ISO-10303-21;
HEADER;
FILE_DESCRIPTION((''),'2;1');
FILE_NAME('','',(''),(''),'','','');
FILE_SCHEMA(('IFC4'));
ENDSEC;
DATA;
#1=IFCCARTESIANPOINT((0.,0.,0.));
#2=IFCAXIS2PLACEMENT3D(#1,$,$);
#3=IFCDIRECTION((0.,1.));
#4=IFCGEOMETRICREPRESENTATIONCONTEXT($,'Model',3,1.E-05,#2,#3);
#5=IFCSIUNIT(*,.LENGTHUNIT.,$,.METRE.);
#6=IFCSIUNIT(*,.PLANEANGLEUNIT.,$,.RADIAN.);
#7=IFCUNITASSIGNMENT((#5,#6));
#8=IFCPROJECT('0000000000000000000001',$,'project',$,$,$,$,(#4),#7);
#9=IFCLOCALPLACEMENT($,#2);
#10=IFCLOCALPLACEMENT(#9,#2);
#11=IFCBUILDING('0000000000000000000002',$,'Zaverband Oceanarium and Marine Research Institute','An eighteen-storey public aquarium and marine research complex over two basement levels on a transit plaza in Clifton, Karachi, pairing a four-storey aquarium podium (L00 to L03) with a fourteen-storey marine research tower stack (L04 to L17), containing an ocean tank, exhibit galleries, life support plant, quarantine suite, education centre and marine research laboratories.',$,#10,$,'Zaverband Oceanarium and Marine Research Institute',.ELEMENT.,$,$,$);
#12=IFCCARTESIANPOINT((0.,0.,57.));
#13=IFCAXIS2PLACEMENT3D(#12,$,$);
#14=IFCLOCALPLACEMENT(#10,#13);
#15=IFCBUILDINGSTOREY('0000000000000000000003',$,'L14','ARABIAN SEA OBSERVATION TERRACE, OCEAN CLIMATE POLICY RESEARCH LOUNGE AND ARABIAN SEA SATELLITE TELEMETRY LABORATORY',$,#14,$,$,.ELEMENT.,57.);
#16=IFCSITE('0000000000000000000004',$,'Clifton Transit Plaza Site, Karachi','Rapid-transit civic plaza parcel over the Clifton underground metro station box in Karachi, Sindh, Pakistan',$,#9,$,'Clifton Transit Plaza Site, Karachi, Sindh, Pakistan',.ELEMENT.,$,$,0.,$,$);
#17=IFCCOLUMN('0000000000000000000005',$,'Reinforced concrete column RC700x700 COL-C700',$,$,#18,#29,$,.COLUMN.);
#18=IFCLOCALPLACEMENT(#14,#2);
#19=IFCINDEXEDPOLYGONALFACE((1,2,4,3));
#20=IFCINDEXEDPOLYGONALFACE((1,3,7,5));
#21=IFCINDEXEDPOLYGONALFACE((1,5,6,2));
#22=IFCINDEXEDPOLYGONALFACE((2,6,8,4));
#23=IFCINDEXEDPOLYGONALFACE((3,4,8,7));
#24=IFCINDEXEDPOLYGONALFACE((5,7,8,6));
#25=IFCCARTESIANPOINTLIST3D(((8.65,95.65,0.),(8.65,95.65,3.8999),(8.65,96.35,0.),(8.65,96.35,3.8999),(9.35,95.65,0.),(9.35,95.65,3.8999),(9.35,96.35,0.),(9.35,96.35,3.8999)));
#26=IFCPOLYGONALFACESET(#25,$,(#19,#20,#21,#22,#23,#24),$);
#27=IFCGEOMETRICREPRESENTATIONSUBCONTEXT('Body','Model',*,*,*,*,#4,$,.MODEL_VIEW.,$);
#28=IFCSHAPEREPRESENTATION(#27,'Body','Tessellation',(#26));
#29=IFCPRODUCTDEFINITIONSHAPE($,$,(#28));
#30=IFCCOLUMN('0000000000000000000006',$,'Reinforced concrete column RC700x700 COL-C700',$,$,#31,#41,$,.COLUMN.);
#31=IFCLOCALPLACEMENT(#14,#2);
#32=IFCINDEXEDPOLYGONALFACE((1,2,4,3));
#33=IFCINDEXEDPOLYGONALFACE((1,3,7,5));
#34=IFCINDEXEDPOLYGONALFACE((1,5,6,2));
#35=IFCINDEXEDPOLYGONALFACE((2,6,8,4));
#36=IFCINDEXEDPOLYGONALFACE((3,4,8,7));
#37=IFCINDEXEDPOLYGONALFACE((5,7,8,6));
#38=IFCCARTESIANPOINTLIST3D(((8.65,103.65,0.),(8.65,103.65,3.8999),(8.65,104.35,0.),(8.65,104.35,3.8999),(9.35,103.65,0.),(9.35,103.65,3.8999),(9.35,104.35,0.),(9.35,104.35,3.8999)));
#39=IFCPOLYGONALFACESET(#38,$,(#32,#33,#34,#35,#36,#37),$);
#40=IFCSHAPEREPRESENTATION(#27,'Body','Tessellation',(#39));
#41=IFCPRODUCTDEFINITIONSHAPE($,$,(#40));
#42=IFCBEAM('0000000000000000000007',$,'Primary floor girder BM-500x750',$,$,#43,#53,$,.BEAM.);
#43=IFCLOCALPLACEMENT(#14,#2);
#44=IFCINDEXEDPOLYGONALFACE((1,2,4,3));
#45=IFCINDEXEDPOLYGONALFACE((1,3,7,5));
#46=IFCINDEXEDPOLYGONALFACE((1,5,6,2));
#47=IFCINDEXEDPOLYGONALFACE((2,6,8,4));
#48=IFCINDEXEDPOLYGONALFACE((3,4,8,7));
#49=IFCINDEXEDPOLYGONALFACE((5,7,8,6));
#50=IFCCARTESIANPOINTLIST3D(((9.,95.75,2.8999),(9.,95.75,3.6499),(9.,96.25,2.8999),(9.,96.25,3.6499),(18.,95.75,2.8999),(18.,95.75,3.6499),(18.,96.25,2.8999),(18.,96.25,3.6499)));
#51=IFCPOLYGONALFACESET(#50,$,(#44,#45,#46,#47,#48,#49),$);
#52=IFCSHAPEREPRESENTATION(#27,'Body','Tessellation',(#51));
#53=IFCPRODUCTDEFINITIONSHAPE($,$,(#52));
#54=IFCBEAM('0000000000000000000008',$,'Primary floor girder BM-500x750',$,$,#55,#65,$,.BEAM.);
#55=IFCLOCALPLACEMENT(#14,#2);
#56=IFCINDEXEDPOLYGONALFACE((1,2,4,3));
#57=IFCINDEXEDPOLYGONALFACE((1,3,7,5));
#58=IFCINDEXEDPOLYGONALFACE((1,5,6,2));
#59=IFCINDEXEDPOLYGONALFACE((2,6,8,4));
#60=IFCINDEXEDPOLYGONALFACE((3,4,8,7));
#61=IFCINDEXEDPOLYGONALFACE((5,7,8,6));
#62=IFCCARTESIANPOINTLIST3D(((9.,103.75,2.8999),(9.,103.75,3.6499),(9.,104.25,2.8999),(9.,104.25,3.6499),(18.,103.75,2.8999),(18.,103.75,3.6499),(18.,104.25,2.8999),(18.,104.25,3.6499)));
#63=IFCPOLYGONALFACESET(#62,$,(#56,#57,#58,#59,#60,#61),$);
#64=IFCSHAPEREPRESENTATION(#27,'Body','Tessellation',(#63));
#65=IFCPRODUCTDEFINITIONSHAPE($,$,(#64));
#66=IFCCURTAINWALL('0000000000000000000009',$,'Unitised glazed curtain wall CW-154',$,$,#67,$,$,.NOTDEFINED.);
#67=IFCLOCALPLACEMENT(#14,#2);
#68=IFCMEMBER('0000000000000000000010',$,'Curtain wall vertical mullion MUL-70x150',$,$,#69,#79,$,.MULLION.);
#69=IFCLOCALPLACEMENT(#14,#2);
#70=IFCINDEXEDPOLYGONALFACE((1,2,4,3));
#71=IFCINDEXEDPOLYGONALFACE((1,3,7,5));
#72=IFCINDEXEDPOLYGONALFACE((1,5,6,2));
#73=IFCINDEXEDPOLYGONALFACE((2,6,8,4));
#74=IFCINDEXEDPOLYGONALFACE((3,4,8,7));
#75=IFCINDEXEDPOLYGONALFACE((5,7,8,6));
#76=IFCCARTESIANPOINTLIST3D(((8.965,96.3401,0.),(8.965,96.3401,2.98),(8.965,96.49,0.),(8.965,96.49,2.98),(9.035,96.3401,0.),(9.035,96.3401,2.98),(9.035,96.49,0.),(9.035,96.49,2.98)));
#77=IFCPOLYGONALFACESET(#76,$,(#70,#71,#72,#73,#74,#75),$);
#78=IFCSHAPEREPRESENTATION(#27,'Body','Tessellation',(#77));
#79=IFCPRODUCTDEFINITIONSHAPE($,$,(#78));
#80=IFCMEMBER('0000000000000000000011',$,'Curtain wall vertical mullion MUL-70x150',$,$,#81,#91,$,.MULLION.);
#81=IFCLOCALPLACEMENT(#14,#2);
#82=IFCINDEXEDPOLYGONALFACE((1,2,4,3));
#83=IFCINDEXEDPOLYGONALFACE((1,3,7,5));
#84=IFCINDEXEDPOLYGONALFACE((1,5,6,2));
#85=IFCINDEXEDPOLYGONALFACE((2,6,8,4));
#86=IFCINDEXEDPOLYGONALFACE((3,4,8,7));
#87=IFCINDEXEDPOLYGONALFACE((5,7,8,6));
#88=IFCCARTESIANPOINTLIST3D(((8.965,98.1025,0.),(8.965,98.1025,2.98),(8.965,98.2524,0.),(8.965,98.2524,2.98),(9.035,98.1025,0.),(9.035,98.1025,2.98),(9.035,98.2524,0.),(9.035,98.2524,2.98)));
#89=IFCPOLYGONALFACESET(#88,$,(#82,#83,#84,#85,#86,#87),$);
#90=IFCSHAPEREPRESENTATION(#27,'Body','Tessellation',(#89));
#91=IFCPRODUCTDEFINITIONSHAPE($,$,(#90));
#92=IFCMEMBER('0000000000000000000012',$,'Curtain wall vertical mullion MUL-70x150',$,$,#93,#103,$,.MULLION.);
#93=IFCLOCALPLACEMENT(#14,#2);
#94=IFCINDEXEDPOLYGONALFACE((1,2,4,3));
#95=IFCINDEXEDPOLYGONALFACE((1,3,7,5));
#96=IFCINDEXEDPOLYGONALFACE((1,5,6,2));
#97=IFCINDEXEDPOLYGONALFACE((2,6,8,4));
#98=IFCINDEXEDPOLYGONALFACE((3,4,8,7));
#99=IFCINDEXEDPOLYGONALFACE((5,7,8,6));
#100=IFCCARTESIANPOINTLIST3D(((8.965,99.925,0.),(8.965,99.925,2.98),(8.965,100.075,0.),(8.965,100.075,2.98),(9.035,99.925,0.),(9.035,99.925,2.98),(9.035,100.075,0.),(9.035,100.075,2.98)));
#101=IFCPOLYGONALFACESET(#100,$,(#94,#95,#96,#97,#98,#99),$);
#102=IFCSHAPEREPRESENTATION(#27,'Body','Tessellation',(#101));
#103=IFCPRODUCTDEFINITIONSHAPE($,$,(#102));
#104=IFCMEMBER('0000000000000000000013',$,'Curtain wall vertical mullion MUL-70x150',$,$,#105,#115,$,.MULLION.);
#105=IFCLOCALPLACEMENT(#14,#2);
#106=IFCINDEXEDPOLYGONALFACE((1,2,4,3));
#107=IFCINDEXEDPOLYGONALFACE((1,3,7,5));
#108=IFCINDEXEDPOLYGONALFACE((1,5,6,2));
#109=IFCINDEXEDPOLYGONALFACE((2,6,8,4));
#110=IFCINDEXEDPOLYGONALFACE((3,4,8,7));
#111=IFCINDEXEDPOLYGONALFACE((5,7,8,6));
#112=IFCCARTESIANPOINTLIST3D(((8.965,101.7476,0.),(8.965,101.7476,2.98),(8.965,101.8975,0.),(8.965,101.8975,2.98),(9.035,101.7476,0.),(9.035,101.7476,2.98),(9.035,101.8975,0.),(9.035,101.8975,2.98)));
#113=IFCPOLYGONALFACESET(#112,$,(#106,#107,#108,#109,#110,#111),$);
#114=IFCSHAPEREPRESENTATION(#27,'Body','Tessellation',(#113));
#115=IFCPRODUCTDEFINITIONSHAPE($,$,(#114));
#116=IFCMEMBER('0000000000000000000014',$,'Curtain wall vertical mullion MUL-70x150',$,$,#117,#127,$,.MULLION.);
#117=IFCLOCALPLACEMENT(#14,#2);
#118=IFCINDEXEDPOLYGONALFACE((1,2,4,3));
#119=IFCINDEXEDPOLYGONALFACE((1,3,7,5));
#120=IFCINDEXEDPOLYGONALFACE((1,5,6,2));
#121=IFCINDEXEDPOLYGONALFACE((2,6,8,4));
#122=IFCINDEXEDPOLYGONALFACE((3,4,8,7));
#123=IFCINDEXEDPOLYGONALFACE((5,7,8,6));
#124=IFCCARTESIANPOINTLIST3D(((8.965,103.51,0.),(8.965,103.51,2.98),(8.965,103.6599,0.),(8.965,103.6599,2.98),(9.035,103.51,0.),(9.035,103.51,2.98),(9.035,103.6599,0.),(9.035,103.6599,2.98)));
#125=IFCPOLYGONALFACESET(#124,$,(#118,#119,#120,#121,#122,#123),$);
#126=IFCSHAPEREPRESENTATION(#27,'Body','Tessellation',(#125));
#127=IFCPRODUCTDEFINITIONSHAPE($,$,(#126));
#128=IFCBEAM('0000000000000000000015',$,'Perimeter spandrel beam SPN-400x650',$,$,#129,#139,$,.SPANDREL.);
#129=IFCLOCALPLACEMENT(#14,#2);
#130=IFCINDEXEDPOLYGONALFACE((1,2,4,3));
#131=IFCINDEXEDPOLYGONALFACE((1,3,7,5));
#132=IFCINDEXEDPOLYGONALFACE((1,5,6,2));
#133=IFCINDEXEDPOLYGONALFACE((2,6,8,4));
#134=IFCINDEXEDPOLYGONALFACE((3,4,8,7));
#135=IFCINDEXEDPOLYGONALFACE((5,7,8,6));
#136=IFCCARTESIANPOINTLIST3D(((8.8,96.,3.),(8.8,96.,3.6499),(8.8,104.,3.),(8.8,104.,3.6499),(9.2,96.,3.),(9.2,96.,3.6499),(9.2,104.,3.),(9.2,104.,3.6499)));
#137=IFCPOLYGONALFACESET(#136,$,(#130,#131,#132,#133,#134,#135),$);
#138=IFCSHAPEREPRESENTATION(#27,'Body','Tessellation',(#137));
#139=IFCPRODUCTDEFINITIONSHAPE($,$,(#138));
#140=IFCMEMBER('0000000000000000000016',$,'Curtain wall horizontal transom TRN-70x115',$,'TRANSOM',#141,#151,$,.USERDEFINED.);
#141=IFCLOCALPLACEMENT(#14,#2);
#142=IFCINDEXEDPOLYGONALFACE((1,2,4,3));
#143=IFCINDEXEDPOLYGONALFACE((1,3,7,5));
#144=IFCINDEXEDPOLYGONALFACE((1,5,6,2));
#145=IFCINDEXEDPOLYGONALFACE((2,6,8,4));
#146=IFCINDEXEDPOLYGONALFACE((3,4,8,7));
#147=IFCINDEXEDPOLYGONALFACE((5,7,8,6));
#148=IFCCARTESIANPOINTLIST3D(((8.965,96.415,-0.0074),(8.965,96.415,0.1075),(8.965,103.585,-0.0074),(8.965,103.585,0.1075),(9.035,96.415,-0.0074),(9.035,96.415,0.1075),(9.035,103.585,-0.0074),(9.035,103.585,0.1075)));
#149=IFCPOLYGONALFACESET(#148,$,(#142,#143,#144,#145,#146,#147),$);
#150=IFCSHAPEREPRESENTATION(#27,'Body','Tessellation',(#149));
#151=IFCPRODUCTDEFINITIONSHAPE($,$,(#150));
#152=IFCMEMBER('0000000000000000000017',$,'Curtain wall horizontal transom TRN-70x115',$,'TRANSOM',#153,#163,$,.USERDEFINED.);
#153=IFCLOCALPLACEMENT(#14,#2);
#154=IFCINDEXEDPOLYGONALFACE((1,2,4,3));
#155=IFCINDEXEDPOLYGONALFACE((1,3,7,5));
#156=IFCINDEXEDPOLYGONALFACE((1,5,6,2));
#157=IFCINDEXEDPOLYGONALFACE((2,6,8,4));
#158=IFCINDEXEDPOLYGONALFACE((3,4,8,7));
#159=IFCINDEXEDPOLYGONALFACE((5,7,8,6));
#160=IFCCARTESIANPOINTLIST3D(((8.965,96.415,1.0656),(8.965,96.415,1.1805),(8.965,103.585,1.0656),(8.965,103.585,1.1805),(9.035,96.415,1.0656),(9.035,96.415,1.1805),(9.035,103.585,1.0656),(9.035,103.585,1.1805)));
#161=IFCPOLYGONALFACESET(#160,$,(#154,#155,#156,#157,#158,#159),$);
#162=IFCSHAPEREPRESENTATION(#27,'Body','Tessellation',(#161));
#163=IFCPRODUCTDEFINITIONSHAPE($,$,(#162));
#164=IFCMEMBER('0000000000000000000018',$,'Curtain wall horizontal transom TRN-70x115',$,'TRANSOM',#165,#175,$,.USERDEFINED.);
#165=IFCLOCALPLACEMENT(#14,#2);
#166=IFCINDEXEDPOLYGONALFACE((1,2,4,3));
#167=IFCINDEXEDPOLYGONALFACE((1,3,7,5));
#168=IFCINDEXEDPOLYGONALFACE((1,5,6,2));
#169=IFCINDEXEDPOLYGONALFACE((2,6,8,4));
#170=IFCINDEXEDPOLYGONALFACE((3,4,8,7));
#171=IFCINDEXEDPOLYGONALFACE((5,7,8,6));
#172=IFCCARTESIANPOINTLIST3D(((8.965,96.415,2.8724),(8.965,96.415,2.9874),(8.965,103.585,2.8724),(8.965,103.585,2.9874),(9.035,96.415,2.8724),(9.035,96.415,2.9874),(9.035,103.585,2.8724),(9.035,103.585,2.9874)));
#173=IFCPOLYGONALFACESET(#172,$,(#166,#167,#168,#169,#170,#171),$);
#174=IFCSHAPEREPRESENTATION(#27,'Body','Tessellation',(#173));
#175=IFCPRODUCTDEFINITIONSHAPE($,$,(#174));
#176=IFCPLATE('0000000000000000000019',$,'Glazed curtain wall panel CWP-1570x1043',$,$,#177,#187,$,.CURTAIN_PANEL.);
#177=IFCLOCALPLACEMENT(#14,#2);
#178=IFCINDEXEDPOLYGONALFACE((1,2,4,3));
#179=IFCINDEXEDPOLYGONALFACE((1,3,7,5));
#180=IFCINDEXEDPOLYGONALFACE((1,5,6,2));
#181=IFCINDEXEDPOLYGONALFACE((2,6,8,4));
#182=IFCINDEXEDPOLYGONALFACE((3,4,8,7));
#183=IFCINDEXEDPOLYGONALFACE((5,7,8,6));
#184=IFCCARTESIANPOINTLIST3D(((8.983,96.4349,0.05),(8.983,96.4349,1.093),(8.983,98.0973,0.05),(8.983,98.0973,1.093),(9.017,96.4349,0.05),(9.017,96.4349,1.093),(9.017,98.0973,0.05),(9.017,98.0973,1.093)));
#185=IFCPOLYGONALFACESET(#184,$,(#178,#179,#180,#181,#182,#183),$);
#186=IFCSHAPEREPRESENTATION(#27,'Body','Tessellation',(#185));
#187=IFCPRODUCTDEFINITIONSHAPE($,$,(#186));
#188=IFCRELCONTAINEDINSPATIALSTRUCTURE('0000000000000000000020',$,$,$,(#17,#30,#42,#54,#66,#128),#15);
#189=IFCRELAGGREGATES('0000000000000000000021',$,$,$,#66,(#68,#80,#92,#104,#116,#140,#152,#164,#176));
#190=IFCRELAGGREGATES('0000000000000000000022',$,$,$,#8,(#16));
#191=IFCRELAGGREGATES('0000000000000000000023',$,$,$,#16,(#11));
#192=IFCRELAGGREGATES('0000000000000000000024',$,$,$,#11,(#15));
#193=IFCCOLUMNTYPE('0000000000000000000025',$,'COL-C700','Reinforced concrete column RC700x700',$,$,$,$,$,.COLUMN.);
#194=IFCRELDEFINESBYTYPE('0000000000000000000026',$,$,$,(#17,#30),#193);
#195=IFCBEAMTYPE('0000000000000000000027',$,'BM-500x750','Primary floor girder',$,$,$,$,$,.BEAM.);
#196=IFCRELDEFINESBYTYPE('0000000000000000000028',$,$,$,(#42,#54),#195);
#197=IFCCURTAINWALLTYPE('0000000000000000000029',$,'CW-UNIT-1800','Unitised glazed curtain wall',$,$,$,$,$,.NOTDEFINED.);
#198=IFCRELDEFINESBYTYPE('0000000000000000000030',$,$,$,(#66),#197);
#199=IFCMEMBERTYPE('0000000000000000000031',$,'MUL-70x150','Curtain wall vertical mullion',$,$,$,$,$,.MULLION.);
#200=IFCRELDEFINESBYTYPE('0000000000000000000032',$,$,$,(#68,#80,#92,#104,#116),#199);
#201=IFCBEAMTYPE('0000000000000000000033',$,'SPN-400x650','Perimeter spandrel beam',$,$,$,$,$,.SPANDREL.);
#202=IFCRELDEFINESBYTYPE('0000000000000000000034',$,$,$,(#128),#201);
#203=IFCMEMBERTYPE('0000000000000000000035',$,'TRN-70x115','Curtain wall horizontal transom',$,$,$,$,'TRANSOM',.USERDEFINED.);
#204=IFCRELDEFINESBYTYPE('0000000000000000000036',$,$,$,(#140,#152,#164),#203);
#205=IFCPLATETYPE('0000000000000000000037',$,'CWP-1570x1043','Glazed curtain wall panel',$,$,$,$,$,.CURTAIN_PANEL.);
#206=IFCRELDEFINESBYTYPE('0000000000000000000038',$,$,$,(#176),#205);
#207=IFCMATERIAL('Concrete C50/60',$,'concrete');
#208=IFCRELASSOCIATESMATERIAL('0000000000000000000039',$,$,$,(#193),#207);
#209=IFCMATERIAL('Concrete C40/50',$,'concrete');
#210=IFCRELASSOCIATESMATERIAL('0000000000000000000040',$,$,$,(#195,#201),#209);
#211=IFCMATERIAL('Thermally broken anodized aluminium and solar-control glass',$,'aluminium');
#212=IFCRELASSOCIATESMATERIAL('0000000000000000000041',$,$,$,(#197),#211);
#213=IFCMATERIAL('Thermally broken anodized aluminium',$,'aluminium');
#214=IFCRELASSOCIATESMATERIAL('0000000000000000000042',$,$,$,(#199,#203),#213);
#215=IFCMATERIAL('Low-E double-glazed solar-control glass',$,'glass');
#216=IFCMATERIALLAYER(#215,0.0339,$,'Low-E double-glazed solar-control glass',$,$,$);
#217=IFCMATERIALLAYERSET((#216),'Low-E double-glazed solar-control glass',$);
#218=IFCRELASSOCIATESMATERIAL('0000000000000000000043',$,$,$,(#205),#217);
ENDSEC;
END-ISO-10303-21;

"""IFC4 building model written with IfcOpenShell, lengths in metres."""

from ifc_helpers import new_model, si_unit, direction, frame, frame_2d, origin, origin_2d, place, context, subcontext, project, spatial, rectangle, extrude, material, layer, layer_set, material_profile, profile_set, type_object, element, aggregate, save


model = new_model("IFC4")

# Units and contexts
model_context = context("Model", 3, precision=1e-05, world=origin(), true_north=direction((0.0, 1.0)))
body_context = subcontext(model_context, "Body", "Model", "MODEL_VIEW")
ifc_project = project(units=[si_unit("LENGTHUNIT", "METRE"), si_unit("PLANEANGLEUNIT", "RADIAN")], contexts=[model_context])

# Site, building, storey
site_placement = place(None, origin())
site = spatial("IfcSite", under=ifc_project, at=site_placement, Name="Clifton Transit Plaza Site, Karachi", Description="Rapid-transit civic plaza parcel over the Clifton underground metro station box in Karachi, Sindh, Pakistan", LongName="Clifton Transit Plaza Site, Karachi, Sindh, Pakistan", CompositionType="ELEMENT", RefElevation=0.0)
building_placement = place(site_placement, origin())
building = spatial("IfcBuilding", under=site, at=building_placement, Name="Zaverband Oceanarium and Marine Research Institute", Description="An eighteen-storey public aquarium and marine research complex over two basement levels on a transit plaza in Clifton, Karachi, pairing a four-storey aquarium podium (L00 to L03) with a fourteen-storey marine research tower stack (L04 to L17), containing an ocean tank, exhibit galleries, life support plant, quarantine suite, education centre and marine research laboratories.", LongName="Zaverband Oceanarium and Marine Research Institute", CompositionType="ELEMENT")
storey_placement = place(building_placement, frame((0.0, 0.0, 57.0)))
storey = spatial("IfcBuildingStorey", under=building, at=storey_placement, Name="L14", Description="ARABIAN SEA OBSERVATION TERRACE, OCEAN CLIMATE POLICY RESEARCH LOUNGE AND ARABIAN SEA SATELLITE TELEMETRY LABORATORY", CompositionType="ELEMENT", Elevation=57.0)

# Columns
ifc_material_1 = material(Name="Concrete C50/60", Category="concrete")
ifc_material_profile_1 = material_profile(ifc_material_1, rectangle(XDim=0.7, YDim=0.7, at=origin_2d()), Name="RC700x700")
ifc_profile_set_1 = profile_set([ifc_material_profile_1], Name="Concrete C50/60")
column_type = type_object("IfcColumnType", Name="COL-C700", Description="Reinforced concrete column RC700x700", PredefinedType="COLUMN", material=ifc_profile_set_1)
for number, where, z_axis, x_axis, name in (
    (1, (9.0, 96.0, 0.0), (0.0, 0.0, 1.0), (1.0, 0.0, 0.0), "Reinforced concrete column RC700x700 COL-C700"),
    (2, (9.0, 104.0, 0.0), (0.0, 0.0, 1.0), (1.0, 0.0, 0.0), "Reinforced concrete column RC700x700 COL-C700"),
):
    element("IfcColumn", number, at=place(storey_placement, frame(where, z_axis=z_axis, x_axis=x_axis)), inside=storey, type_object=column_type, Name=name, PredefinedType="COLUMN", context=body_context, shape_type="SweptSolid", body=[
        extrude(rectangle(XDim=0.7, YDim=0.7, at=origin_2d()), origin(), (0.0, 0.0, 1.0), 3.8999),
    ])

# Beams
ifc_material_2 = material(Name="Concrete C40/50", Category="concrete")
ifc_material_profile_2 = material_profile(ifc_material_2, rectangle(XDim=0.5, YDim=0.75, at=origin_2d()), Name="RC500x750")
ifc_profile_set_2 = profile_set([ifc_material_profile_2], Name="Concrete C40/50")
beam_type_1 = type_object("IfcBeamType", Name="BM-500x750", Description="Primary floor girder", PredefinedType="BEAM", material=ifc_profile_set_2)
for number, where, z_axis, x_axis, name in (
    (3, (9.0, 96.0, 3.2749), (1.0, 0.0, 0.0), (0.0, 1.0, 0.0), "Primary floor girder BM-500x750"),
    (4, (9.0, 104.0, 3.2749), (1.0, 0.0, 0.0), (0.0, 1.0, 0.0), "Primary floor girder BM-500x750"),
):
    element("IfcBeam", number, at=place(storey_placement, frame(where, z_axis=z_axis, x_axis=x_axis)), inside=storey, type_object=beam_type_1, Name=name, PredefinedType="BEAM", context=body_context, shape_type="SweptSolid", body=[
        extrude(rectangle(XDim=0.5, YDim=0.75, at=origin_2d()), origin(), (0.0, 0.0, 1.0), 9.0),
    ])

# Curtain wall, members
ifc_material_3 = material(Name="Thermally broken anodized aluminium and solar-control glass", Category="aluminium")
curtain_wall_type = type_object("IfcCurtainWallType", Name="CW-UNIT-1800", Description="Unitised glazed curtain wall", PredefinedType="NOTDEFINED", material=ifc_material_3)
curtain_wall_placement = place(storey_placement, origin())
curtain_wall = element("IfcCurtainWall", 5, at=curtain_wall_placement, inside=storey, type_object=curtain_wall_type, Name="Unitised glazed curtain wall CW-154", PredefinedType="NOTDEFINED")
ifc_material_4 = material(Name="Thermally broken anodized aluminium", Category="aluminium")
ifc_material_profile_3 = material_profile(ifc_material_4, rectangle(XDim=0.0701, YDim=0.1499, at=origin_2d()), Name="AL-MUL-70x150")
ifc_profile_set_3 = profile_set([ifc_material_profile_3], Name="Thermally broken anodized aluminium")
member_type_1 = type_object("IfcMemberType", Name="MUL-70x150", Description="Curtain wall vertical mullion", PredefinedType="MULLION", material=ifc_profile_set_3)
member_1_placement = place(storey_placement, frame((9.0, 96.415, 0.0), z_axis=(0.0, 0.0, 1.0), x_axis=(1.0, 0.0, 0.0)))
member_1 = element("IfcMember", 6, at=member_1_placement, type_object=member_type_1, Name="Curtain wall vertical mullion MUL-70x150", PredefinedType="MULLION", context=body_context, shape_type="SweptSolid", body=[
    extrude(rectangle(XDim=0.0701, YDim=0.1499, at=origin_2d()), origin(), (0.0, 0.0, 1.0), 2.98),
])
member_2_placement = place(storey_placement, frame((9.0, 98.1775, 0.0), z_axis=(0.0, 0.0, 1.0), x_axis=(1.0, 0.0, 0.0)))
member_2 = element("IfcMember", 7, at=member_2_placement, type_object=member_type_1, Name="Curtain wall vertical mullion MUL-70x150", PredefinedType="MULLION", context=body_context, shape_type="SweptSolid", body=[
    extrude(rectangle(XDim=0.0701, YDim=0.1499, at=origin_2d()), origin(), (0.0, 0.0, 1.0), 2.98),
])
member_3_placement = place(storey_placement, frame((9.0, 100.0, 0.0), z_axis=(0.0, 0.0, 1.0), x_axis=(1.0, 0.0, 0.0)))
member_3 = element("IfcMember", 8, at=member_3_placement, type_object=member_type_1, Name="Curtain wall vertical mullion MUL-70x150", PredefinedType="MULLION", context=body_context, shape_type="SweptSolid", body=[
    extrude(rectangle(XDim=0.0701, YDim=0.1499, at=origin_2d()), origin(), (0.0, 0.0, 1.0), 2.98),
])
member_4_placement = place(storey_placement, frame((9.0, 101.8225, 0.0), z_axis=(0.0, 0.0, 1.0), x_axis=(1.0, 0.0, 0.0)))
member_4 = element("IfcMember", 9, at=member_4_placement, type_object=member_type_1, Name="Curtain wall vertical mullion MUL-70x150", PredefinedType="MULLION", context=body_context, shape_type="SweptSolid", body=[
    extrude(rectangle(XDim=0.0701, YDim=0.1499, at=origin_2d()), origin(), (0.0, 0.0, 1.0), 2.98),
])
member_5_placement = place(storey_placement, frame((9.0, 103.585, 0.0), z_axis=(0.0, 0.0, 1.0), x_axis=(1.0, 0.0, 0.0)))
member_5 = element("IfcMember", 10, at=member_5_placement, type_object=member_type_1, Name="Curtain wall vertical mullion MUL-70x150", PredefinedType="MULLION", context=body_context, shape_type="SweptSolid", body=[
    extrude(rectangle(XDim=0.0701, YDim=0.1499, at=origin_2d()), origin(), (0.0, 0.0, 1.0), 2.98),
])

# Beam
ifc_material_profile_4 = material_profile(ifc_material_2, rectangle(XDim=0.3999, YDim=0.6499, at=origin_2d()), Name="RC400x650")
ifc_profile_set_4 = profile_set([ifc_material_profile_4], Name="Concrete C40/50")
beam_type_2 = type_object("IfcBeamType", Name="SPN-400x650", Description="Perimeter spandrel beam", PredefinedType="SPANDREL", material=ifc_profile_set_4)
beam_placement = place(storey_placement, frame((9.0, 96.0, 3.325), z_axis=(0.0, 1.0, 0.0), x_axis=(-1.0, 0.0, 0.0)))
element("IfcBeam", 11, at=beam_placement, inside=storey, type_object=beam_type_2, Name="Perimeter spandrel beam SPN-400x650", PredefinedType="SPANDREL", context=body_context, shape_type="SweptSolid", body=[
    extrude(rectangle(XDim=0.3999, YDim=0.6499, at=origin_2d()), origin(), (0.0, 0.0, 1.0), 8.0),
])

# Members
ifc_material_profile_5 = material_profile(ifc_material_4, rectangle(XDim=0.0701, YDim=0.115, at=origin_2d()), Name="AL-TRN-70x115")
ifc_profile_set_5 = profile_set([ifc_material_profile_5], Name="Thermally broken anodized aluminium")
member_type_2 = type_object("IfcMemberType", Name="TRN-70x115", Description="Curtain wall horizontal transom", ElementType="TRANSOM", PredefinedType="USERDEFINED", material=ifc_profile_set_5)
member_6_placement = place(storey_placement, frame((9.0, 96.415, 0.05), z_axis=(0.0, 1.0, 0.0), x_axis=(-1.0, 0.0, 0.0)))
member_6 = element("IfcMember", 12, at=member_6_placement, type_object=member_type_2, Name="Curtain wall horizontal transom TRN-70x115", ObjectType="TRANSOM", PredefinedType="USERDEFINED", context=body_context, shape_type="SweptSolid", body=[
    extrude(rectangle(XDim=0.0701, YDim=0.115, at=origin_2d()), origin(), (0.0, 0.0, 1.0), 7.1699),
])
member_7_placement = place(storey_placement, frame((9.0, 96.415, 1.123), z_axis=(0.0, 1.0, 0.0), x_axis=(-1.0, 0.0, 0.0)))
member_7 = element("IfcMember", 13, at=member_7_placement, type_object=member_type_2, Name="Curtain wall horizontal transom TRN-70x115", ObjectType="TRANSOM", PredefinedType="USERDEFINED", context=body_context, shape_type="SweptSolid", body=[
    extrude(rectangle(XDim=0.0701, YDim=0.115, at=origin_2d()), origin(), (0.0, 0.0, 1.0), 7.1699),
])
member_8_placement = place(storey_placement, frame((9.0, 96.415, 2.9299), z_axis=(0.0, 1.0, 0.0), x_axis=(-1.0, 0.0, 0.0)))
member_8 = element("IfcMember", 14, at=member_8_placement, type_object=member_type_2, Name="Curtain wall horizontal transom TRN-70x115", ObjectType="TRANSOM", PredefinedType="USERDEFINED", context=body_context, shape_type="SweptSolid", body=[
    extrude(rectangle(XDim=0.0701, YDim=0.115, at=origin_2d()), origin(), (0.0, 0.0, 1.0), 7.1699),
])

# Plate
ifc_material_5 = material(Name="Low-E double-glazed solar-control glass", Category="glass")
ifc_layer_1 = layer(ifc_material_5, 0.0339, Name="Low-E double-glazed solar-control glass")
ifc_layer_set_1 = layer_set([ifc_layer_1], Name="Low-E double-glazed solar-control glass")
plate_type_1 = type_object("IfcPlateType", Name="CWP-1570x1043", Description="Glazed curtain wall panel", PredefinedType="CURTAIN_PANEL", material=ifc_layer_set_1)
plate_1_placement = place(storey_placement, frame((9.0, 96.4351, 0.05), z_axis=(0.0, 0.0, 1.0), x_axis=(0.0, 1.0, 0.0)))
plate_1 = element("IfcPlate", 15, at=plate_1_placement, type_object=plate_type_1, Name="Glazed curtain wall panel CWP-1570x1043", PredefinedType="CURTAIN_PANEL", context=body_context, shape_type="SweptSolid", body=[
    extrude(rectangle(XDim=1.6624, YDim=0.0339, at=frame_2d((0.8311, 0.0))), origin(), (0.0, 0.0, 1.0), 1.043),
])
aggregate(curtain_wall, [member_1, member_2, member_3, member_4, member_5, member_6, member_7, member_8, plate_1])

save(model, "model.ifc")
